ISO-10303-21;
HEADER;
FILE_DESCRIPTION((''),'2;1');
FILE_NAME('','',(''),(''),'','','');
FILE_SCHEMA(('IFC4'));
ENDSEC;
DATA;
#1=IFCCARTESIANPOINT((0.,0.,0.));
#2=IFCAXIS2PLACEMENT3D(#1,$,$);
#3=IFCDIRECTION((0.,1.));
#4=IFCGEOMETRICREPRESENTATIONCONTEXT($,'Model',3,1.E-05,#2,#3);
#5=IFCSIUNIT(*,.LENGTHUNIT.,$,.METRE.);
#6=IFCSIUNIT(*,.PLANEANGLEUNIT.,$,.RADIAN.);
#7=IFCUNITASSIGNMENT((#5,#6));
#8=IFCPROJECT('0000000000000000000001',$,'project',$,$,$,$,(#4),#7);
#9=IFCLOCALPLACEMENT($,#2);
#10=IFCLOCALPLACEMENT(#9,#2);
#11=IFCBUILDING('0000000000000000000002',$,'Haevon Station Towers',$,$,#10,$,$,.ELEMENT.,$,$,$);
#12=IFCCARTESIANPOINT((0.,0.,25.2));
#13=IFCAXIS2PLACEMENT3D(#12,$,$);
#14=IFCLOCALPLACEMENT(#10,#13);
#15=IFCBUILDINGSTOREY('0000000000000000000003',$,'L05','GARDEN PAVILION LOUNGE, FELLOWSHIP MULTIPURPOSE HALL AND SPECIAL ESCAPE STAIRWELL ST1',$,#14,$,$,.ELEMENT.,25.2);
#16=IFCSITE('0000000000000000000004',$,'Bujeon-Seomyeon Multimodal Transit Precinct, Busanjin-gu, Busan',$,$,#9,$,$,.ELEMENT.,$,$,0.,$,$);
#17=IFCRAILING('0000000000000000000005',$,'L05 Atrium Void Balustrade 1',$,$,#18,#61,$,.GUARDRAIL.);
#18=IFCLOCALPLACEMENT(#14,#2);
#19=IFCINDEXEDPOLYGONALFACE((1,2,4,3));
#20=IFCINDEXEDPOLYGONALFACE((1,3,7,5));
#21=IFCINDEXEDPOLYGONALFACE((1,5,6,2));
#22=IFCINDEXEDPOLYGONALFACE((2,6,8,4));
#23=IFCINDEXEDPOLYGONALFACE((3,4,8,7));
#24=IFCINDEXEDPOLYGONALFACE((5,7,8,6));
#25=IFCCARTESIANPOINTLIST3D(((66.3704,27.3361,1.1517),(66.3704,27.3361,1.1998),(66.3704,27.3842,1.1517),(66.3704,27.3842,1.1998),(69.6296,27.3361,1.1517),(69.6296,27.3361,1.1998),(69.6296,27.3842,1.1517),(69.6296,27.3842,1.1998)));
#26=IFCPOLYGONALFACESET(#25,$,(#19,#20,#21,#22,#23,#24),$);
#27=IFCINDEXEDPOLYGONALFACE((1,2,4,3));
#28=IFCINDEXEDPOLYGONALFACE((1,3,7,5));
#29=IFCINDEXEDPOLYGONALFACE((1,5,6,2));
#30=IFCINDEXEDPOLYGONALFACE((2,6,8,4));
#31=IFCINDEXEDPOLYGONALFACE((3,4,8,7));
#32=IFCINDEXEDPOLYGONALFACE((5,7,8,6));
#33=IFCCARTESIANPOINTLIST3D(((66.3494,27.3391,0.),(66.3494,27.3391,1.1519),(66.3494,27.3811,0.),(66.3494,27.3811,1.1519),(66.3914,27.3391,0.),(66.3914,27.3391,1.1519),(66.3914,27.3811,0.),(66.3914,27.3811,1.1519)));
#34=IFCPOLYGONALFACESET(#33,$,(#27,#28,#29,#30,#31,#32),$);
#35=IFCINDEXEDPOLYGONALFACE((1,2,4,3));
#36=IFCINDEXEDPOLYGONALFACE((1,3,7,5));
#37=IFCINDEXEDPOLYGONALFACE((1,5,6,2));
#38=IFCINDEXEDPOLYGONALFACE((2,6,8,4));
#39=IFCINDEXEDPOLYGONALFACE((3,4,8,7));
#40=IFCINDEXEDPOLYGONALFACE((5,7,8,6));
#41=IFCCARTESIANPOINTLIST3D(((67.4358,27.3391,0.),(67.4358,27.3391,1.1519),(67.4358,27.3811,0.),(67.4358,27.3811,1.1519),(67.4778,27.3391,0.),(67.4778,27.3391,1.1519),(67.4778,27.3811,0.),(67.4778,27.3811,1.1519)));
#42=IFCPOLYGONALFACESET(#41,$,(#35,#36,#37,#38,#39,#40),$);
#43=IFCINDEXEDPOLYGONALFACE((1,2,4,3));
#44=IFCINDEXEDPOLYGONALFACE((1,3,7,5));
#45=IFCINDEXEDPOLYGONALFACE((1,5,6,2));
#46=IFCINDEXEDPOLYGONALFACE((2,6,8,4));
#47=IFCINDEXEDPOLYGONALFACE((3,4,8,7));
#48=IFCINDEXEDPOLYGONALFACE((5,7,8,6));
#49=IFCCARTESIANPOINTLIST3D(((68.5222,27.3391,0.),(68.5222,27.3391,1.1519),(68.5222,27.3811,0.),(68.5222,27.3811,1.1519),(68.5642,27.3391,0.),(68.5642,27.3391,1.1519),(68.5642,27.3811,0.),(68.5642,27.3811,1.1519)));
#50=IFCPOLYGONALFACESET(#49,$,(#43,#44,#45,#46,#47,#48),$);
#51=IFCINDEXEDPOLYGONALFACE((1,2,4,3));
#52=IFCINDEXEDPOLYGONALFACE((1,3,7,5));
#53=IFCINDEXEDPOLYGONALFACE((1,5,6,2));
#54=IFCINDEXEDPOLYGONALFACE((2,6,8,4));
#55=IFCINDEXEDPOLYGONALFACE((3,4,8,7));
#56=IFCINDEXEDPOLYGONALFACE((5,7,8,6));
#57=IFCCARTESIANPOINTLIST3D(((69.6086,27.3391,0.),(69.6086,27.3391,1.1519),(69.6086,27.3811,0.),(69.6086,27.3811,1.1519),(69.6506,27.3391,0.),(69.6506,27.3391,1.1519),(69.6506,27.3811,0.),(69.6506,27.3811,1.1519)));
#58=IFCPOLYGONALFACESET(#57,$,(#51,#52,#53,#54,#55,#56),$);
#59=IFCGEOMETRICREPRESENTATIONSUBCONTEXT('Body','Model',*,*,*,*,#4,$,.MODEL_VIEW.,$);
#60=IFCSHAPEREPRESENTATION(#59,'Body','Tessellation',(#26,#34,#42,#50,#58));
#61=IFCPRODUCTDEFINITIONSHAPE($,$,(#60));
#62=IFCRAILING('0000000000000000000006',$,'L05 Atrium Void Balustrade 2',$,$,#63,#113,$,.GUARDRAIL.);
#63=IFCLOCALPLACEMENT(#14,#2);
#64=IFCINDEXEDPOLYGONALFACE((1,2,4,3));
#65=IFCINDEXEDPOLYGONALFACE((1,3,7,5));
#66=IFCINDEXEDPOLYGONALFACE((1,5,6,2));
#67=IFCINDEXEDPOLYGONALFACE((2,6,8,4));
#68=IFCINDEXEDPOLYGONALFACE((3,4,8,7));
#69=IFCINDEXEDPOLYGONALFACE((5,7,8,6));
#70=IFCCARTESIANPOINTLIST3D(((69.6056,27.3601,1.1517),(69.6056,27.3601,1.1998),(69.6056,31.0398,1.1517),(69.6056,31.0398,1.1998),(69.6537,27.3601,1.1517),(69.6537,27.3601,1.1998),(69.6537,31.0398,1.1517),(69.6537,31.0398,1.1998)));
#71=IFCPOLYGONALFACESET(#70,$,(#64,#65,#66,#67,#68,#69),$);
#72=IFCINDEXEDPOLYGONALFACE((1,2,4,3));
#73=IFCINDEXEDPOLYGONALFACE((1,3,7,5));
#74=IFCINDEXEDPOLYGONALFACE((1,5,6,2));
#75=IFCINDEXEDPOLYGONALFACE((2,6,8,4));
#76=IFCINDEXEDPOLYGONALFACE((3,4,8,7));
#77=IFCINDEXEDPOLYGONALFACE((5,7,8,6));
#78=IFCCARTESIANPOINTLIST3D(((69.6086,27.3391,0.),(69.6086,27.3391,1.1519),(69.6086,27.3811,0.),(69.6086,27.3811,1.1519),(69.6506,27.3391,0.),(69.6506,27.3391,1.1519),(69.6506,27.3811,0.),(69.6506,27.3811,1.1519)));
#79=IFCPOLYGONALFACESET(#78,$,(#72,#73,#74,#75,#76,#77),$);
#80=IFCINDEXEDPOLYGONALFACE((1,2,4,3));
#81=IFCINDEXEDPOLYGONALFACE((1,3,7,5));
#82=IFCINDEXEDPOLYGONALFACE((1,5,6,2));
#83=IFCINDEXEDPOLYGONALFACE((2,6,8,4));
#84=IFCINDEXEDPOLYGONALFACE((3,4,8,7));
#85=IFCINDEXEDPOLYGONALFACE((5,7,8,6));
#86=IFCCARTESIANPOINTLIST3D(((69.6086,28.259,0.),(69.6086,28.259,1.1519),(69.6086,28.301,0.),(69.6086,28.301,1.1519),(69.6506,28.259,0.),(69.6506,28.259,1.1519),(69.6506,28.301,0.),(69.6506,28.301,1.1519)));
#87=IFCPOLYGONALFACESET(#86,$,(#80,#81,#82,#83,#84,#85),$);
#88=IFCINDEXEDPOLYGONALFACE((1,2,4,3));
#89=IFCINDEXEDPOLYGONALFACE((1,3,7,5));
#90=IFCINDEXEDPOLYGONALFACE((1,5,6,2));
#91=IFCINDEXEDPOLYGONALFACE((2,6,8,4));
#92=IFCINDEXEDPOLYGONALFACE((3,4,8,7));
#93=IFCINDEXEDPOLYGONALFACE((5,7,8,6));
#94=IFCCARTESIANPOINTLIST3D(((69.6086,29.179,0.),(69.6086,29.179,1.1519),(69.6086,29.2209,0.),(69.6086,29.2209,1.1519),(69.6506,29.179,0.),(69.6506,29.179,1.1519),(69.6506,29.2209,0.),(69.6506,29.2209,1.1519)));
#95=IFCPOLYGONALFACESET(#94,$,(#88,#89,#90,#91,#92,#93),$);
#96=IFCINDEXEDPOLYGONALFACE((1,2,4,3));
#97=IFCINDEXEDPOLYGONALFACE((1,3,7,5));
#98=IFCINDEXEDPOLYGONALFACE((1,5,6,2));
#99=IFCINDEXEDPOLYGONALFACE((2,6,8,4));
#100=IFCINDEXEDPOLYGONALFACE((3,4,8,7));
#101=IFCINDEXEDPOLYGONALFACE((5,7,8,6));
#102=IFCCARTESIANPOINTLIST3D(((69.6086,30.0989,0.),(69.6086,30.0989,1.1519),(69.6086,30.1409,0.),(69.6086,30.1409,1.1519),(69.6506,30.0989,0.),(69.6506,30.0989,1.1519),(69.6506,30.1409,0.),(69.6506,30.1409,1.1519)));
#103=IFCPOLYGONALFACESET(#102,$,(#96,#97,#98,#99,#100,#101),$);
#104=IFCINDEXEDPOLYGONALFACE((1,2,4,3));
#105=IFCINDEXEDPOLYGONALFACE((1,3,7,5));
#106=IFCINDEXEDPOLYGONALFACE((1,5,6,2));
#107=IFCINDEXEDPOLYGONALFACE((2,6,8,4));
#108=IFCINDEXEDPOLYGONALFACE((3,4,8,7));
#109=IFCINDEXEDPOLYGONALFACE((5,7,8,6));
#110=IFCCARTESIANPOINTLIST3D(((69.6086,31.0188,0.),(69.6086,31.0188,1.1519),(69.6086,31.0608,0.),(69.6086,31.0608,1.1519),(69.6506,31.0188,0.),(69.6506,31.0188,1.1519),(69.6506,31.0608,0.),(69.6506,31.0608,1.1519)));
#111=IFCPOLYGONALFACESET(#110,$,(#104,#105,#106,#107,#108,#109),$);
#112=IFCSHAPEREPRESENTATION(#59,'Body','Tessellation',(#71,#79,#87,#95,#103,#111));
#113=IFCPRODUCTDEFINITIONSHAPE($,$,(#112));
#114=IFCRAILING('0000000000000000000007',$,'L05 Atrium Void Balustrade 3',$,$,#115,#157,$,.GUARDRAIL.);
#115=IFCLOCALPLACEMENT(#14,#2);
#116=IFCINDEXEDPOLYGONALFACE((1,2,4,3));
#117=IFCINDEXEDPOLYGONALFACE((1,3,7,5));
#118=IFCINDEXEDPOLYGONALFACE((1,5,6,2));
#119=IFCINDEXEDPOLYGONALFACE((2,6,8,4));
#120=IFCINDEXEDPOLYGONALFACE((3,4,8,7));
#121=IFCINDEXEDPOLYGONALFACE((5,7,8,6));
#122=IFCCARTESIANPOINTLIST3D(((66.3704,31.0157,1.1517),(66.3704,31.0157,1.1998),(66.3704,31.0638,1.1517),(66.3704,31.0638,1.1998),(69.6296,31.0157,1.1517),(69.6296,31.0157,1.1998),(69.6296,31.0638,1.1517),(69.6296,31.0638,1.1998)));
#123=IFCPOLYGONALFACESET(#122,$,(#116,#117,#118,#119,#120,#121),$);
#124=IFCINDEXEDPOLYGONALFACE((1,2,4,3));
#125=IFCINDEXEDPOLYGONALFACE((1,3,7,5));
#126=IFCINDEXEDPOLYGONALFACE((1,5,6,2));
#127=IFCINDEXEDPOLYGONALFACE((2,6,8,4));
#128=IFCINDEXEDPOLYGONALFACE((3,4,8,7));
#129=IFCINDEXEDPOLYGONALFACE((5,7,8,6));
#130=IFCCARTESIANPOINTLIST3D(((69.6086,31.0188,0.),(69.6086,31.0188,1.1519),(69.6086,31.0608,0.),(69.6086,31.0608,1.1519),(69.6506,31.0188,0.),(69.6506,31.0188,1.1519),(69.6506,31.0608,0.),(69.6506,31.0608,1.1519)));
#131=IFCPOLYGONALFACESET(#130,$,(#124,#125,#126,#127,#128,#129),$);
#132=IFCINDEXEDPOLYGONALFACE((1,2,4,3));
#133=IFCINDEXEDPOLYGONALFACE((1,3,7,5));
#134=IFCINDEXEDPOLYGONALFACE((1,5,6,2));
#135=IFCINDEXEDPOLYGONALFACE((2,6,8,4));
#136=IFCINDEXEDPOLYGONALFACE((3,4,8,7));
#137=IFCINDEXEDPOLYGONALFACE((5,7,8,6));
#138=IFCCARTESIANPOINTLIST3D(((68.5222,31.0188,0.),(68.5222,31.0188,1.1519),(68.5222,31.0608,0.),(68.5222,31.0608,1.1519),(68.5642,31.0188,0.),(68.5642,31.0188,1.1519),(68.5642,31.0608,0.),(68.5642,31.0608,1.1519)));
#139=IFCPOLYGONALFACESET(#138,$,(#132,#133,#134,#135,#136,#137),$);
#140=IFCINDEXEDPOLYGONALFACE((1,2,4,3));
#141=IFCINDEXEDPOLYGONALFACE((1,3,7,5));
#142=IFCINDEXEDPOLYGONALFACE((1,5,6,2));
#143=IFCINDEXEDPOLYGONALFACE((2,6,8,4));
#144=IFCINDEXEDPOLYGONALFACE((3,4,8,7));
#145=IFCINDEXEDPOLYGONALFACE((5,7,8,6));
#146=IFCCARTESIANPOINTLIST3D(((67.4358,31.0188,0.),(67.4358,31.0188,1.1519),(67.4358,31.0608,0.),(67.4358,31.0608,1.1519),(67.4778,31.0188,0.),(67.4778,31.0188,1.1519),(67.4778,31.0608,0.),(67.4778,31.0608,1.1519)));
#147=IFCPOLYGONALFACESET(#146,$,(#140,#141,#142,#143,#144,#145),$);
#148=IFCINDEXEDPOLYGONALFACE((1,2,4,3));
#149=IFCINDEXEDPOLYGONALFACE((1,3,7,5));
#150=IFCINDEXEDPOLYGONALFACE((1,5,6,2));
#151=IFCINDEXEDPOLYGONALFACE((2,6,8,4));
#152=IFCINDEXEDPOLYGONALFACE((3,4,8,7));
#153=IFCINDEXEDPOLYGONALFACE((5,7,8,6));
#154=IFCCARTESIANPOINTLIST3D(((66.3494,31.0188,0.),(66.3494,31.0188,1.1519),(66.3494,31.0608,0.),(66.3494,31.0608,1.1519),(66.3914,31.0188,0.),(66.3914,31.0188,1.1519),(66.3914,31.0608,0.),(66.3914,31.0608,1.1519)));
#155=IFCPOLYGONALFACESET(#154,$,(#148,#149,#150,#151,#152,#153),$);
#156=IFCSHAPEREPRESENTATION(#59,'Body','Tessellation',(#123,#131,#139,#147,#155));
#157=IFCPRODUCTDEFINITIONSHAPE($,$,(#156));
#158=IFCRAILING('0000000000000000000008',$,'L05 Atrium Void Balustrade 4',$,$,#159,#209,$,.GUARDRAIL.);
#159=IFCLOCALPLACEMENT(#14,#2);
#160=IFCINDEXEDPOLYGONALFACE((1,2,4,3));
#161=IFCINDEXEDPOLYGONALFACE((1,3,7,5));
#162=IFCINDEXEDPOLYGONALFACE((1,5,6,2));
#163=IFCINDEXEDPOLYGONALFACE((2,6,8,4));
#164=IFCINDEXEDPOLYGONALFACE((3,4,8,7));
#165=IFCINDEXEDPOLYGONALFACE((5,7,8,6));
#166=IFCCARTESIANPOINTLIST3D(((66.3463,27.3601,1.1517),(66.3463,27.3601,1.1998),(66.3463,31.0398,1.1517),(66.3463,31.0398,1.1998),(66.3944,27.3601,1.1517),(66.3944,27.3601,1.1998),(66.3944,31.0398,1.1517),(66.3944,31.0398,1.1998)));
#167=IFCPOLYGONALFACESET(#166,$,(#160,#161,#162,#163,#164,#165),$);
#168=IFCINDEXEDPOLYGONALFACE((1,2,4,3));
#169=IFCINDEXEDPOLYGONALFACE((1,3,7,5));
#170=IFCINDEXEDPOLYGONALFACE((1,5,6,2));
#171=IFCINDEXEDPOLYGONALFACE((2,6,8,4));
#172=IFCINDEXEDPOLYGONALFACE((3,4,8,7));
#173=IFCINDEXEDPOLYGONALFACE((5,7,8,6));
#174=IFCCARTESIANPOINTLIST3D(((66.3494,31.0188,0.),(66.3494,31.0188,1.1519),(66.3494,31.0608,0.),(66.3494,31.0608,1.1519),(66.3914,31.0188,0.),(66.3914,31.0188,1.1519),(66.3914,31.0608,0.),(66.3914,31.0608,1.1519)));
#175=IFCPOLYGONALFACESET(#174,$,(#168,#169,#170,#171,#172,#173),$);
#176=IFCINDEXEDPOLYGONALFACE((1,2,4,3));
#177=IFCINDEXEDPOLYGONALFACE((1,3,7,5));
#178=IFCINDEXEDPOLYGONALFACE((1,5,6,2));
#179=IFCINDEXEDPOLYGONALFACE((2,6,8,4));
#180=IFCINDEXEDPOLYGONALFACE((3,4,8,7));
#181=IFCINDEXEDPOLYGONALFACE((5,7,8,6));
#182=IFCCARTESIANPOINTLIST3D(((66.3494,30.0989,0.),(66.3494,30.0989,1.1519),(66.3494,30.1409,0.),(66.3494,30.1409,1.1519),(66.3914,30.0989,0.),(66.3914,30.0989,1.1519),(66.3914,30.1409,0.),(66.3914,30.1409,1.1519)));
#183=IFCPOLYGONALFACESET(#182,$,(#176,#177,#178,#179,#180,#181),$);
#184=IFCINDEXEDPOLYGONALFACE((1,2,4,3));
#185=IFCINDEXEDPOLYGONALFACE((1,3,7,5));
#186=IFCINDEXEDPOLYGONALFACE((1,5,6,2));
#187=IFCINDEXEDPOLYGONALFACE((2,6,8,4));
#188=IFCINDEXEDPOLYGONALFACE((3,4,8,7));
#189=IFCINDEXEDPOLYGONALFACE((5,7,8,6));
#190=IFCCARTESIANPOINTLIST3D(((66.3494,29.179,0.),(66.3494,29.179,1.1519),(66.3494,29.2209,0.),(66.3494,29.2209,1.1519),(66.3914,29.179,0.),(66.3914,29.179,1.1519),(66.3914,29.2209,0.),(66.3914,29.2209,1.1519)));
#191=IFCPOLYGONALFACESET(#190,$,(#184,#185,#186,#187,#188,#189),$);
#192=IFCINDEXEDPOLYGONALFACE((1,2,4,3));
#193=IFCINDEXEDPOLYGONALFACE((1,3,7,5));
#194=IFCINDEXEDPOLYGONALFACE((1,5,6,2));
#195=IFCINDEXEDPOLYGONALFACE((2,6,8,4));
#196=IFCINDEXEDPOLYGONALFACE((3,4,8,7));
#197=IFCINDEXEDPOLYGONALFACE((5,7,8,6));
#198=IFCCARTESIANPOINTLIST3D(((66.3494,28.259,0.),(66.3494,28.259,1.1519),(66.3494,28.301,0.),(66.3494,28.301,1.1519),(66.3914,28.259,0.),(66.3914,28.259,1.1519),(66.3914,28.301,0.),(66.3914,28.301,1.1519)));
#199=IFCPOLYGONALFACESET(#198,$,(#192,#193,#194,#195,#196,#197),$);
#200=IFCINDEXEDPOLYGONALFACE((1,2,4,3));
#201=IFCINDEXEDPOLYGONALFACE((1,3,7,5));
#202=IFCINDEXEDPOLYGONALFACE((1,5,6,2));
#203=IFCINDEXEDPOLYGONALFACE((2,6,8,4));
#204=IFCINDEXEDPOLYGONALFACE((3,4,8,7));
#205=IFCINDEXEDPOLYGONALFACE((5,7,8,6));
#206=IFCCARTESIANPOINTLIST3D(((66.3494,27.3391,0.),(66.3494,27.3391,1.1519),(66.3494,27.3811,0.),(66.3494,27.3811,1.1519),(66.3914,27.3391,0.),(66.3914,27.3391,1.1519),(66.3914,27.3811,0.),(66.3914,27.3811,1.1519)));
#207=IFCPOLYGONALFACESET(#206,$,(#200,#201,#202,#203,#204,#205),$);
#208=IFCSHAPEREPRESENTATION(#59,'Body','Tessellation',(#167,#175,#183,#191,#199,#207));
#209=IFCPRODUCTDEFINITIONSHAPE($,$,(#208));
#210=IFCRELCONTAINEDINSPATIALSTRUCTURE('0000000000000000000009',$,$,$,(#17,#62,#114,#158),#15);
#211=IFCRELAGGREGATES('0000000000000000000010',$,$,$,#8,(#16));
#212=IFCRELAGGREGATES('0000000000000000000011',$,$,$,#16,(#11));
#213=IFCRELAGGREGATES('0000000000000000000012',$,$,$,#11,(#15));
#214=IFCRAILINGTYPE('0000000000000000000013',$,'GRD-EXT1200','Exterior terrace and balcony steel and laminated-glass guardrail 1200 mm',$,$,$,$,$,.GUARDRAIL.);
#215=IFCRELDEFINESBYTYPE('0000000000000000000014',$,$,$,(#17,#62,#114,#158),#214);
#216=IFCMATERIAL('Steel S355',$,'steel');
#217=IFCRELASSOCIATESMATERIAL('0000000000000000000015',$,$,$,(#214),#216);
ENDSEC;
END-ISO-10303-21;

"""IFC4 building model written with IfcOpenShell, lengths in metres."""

from ifc_helpers import new_model, si_unit, direction, frame, origin, origin_2d, place, context, subcontext, project, spatial, rectangle, extrude, material, type_object, element, save


model = new_model("IFC4")

# Units and contexts
model_context = context("Model", 3, precision=1e-05, world=origin(), true_north=direction((0.0, 1.0)))
body_context = subcontext(model_context, "Body", "Model", "MODEL_VIEW")
ifc_project = project(units=[si_unit("LENGTHUNIT", "METRE"), si_unit("PLANEANGLEUNIT", "RADIAN")], contexts=[model_context])

# Site, building, storey
site_placement = place(None, origin())
site = spatial("IfcSite", under=ifc_project, at=site_placement, Name="Bujeon-Seomyeon Multimodal Transit Precinct, Busanjin-gu, Busan", CompositionType="ELEMENT", RefElevation=0.0)
building_placement = place(site_placement, origin())
building = spatial("IfcBuilding", under=site, at=building_placement, Name="Haevon Station Towers", CompositionType="ELEMENT")
storey_placement = place(building_placement, frame((0.0, 0.0, 25.2)))
storey = spatial("IfcBuildingStorey", under=building, at=storey_placement, Name="L05", Description="GARDEN PAVILION LOUNGE, FELLOWSHIP MULTIPURPOSE HALL AND SPECIAL ESCAPE STAIRWELL ST1", CompositionType="ELEMENT", Elevation=25.2)

# Shared definitions
ifc_material_1 = material(Name="Steel S355", Category="steel")

# Railings
railing_type = type_object("IfcRailingType", Name="GRD-EXT1200", Description="Exterior terrace and balcony steel and laminated-glass guardrail 1200 mm", PredefinedType="GUARDRAIL", material=ifc_material_1)
railing_1_placement = place(storey_placement, frame((66.3704, 27.3601, 0.0)))
element("IfcRailing", 1, at=railing_1_placement, inside=storey, type_object=railing_type, Name="L05 Atrium Void Balustrade 1", PredefinedType="GUARDRAIL", context=body_context, shape_type="SweptSolid", body=[
    extrude(rectangle(XDim=0.0481, YDim=0.0481, at=origin_2d()), frame((0.0, 0.0, 1.1758), z_axis=(1.0, 0.0, 0.0), x_axis=(0.0, 1.0, 0.0)), (0.0, 0.0, 1.0), 3.2593),
    extrude(rectangle(XDim=0.042, YDim=0.042, at=origin_2d()), origin(), (0.0, 0.0, 1.0), 1.1519),
    extrude(rectangle(XDim=0.042, YDim=0.042, at=origin_2d()), frame((1.0864, 0.0, 0.0)), (0.0, 0.0, 1.0), 1.1519),
    extrude(rectangle(XDim=0.042, YDim=0.042, at=origin_2d()), frame((2.1729, 0.0, 0.0)), (0.0, 0.0, 1.0), 1.1519),
    extrude(rectangle(XDim=0.042, YDim=0.042, at=origin_2d()), frame((3.2593, 0.0, 0.0)), (0.0, 0.0, 1.0), 1.1519),
])
railing_2_placement = place(storey_placement, frame((69.6296, 27.3601, 0.0)))
element("IfcRailing", 2, at=railing_2_placement, inside=storey, type_object=railing_type, Name="L05 Atrium Void Balustrade 2", PredefinedType="GUARDRAIL", context=body_context, shape_type="SweptSolid", body=[
    extrude(rectangle(XDim=0.0481, YDim=0.0481, at=origin_2d()), frame((0.0, 0.0, 1.1758), z_axis=(0.0, 1.0, 0.0), x_axis=(-1.0, 0.0, 0.0)), (0.0, 0.0, 1.0), 3.6797),
    extrude(rectangle(XDim=0.042, YDim=0.042, at=origin_2d()), origin(), (0.0, 0.0, 1.0), 1.1519),
    extrude(rectangle(XDim=0.042, YDim=0.042, at=origin_2d()), frame((0.0, 0.9199, 0.0)), (0.0, 0.0, 1.0), 1.1519),
    extrude(rectangle(XDim=0.042, YDim=0.042, at=origin_2d()), frame((0.0, 1.8398, 0.0)), (0.0, 0.0, 1.0), 1.1519),
    extrude(rectangle(XDim=0.042, YDim=0.042, at=origin_2d()), frame((0.0, 2.7598, 0.0)), (0.0, 0.0, 1.0), 1.1519),
    extrude(rectangle(XDim=0.042, YDim=0.042, at=origin_2d()), frame((0.0, 3.6797, 0.0)), (0.0, 0.0, 1.0), 1.1519),
])
railing_3_placement = place(storey_placement, frame((69.6296, 31.0398, 0.0)))
element("IfcRailing", 3, at=railing_3_placement, inside=storey, type_object=railing_type, Name="L05 Atrium Void Balustrade 3", PredefinedType="GUARDRAIL", context=body_context, shape_type="SweptSolid", body=[
    extrude(rectangle(XDim=0.0481, YDim=0.0481, at=origin_2d()), frame((0.0, 0.0, 1.1758), z_axis=(-1.0, 0.0, 0.0), x_axis=(0.0, -1.0, 0.0)), (0.0, 0.0, 1.0), 3.2593),
    extrude(rectangle(XDim=0.042, YDim=0.042, at=origin_2d()), origin(), (0.0, 0.0, 1.0), 1.1519),
    extrude(rectangle(XDim=0.042, YDim=0.042, at=origin_2d()), frame((-1.0864, 0.0, 0.0)), (0.0, 0.0, 1.0), 1.1519),
    extrude(rectangle(XDim=0.042, YDim=0.042, at=origin_2d()), frame((-2.1729, 0.0, 0.0)), (0.0, 0.0, 1.0), 1.1519),
    extrude(rectangle(XDim=0.042, YDim=0.042, at=origin_2d()), frame((-3.2593, 0.0, 0.0)), (0.0, 0.0, 1.0), 1.1519),
])
railing_4_placement = place(storey_placement, frame((66.3704, 31.0398, 0.0)))
element("IfcRailing", 4, at=railing_4_placement, inside=storey, type_object=railing_type, Name="L05 Atrium Void Balustrade 4", PredefinedType="GUARDRAIL", context=body_context, shape_type="SweptSolid", body=[
    extrude(rectangle(XDim=0.0481, YDim=0.0481, at=origin_2d()), frame((0.0, 0.0, 1.1758), z_axis=(0.0, -1.0, 0.0), x_axis=(1.0, 0.0, 0.0)), (0.0, 0.0, 1.0), 3.6797),
    extrude(rectangle(XDim=0.042, YDim=0.042, at=origin_2d()), origin(), (0.0, 0.0, 1.0), 1.1519),
    extrude(rectangle(XDim=0.042, YDim=0.042, at=origin_2d()), frame((0.0, -0.9199, 0.0)), (0.0, 0.0, 1.0), 1.1519),
    extrude(rectangle(XDim=0.042, YDim=0.042, at=origin_2d()), frame((0.0, -1.8398, 0.0)), (0.0, 0.0, 1.0), 1.1519),
    extrude(rectangle(XDim=0.042, YDim=0.042, at=origin_2d()), frame((0.0, -2.7598, 0.0)), (0.0, 0.0, 1.0), 1.1519),
    extrude(rectangle(XDim=0.042, YDim=0.042, at=origin_2d()), frame((0.0, -3.6797, 0.0)), (0.0, 0.0, 1.0), 1.1519),
])

save(model, "model.ifc")
